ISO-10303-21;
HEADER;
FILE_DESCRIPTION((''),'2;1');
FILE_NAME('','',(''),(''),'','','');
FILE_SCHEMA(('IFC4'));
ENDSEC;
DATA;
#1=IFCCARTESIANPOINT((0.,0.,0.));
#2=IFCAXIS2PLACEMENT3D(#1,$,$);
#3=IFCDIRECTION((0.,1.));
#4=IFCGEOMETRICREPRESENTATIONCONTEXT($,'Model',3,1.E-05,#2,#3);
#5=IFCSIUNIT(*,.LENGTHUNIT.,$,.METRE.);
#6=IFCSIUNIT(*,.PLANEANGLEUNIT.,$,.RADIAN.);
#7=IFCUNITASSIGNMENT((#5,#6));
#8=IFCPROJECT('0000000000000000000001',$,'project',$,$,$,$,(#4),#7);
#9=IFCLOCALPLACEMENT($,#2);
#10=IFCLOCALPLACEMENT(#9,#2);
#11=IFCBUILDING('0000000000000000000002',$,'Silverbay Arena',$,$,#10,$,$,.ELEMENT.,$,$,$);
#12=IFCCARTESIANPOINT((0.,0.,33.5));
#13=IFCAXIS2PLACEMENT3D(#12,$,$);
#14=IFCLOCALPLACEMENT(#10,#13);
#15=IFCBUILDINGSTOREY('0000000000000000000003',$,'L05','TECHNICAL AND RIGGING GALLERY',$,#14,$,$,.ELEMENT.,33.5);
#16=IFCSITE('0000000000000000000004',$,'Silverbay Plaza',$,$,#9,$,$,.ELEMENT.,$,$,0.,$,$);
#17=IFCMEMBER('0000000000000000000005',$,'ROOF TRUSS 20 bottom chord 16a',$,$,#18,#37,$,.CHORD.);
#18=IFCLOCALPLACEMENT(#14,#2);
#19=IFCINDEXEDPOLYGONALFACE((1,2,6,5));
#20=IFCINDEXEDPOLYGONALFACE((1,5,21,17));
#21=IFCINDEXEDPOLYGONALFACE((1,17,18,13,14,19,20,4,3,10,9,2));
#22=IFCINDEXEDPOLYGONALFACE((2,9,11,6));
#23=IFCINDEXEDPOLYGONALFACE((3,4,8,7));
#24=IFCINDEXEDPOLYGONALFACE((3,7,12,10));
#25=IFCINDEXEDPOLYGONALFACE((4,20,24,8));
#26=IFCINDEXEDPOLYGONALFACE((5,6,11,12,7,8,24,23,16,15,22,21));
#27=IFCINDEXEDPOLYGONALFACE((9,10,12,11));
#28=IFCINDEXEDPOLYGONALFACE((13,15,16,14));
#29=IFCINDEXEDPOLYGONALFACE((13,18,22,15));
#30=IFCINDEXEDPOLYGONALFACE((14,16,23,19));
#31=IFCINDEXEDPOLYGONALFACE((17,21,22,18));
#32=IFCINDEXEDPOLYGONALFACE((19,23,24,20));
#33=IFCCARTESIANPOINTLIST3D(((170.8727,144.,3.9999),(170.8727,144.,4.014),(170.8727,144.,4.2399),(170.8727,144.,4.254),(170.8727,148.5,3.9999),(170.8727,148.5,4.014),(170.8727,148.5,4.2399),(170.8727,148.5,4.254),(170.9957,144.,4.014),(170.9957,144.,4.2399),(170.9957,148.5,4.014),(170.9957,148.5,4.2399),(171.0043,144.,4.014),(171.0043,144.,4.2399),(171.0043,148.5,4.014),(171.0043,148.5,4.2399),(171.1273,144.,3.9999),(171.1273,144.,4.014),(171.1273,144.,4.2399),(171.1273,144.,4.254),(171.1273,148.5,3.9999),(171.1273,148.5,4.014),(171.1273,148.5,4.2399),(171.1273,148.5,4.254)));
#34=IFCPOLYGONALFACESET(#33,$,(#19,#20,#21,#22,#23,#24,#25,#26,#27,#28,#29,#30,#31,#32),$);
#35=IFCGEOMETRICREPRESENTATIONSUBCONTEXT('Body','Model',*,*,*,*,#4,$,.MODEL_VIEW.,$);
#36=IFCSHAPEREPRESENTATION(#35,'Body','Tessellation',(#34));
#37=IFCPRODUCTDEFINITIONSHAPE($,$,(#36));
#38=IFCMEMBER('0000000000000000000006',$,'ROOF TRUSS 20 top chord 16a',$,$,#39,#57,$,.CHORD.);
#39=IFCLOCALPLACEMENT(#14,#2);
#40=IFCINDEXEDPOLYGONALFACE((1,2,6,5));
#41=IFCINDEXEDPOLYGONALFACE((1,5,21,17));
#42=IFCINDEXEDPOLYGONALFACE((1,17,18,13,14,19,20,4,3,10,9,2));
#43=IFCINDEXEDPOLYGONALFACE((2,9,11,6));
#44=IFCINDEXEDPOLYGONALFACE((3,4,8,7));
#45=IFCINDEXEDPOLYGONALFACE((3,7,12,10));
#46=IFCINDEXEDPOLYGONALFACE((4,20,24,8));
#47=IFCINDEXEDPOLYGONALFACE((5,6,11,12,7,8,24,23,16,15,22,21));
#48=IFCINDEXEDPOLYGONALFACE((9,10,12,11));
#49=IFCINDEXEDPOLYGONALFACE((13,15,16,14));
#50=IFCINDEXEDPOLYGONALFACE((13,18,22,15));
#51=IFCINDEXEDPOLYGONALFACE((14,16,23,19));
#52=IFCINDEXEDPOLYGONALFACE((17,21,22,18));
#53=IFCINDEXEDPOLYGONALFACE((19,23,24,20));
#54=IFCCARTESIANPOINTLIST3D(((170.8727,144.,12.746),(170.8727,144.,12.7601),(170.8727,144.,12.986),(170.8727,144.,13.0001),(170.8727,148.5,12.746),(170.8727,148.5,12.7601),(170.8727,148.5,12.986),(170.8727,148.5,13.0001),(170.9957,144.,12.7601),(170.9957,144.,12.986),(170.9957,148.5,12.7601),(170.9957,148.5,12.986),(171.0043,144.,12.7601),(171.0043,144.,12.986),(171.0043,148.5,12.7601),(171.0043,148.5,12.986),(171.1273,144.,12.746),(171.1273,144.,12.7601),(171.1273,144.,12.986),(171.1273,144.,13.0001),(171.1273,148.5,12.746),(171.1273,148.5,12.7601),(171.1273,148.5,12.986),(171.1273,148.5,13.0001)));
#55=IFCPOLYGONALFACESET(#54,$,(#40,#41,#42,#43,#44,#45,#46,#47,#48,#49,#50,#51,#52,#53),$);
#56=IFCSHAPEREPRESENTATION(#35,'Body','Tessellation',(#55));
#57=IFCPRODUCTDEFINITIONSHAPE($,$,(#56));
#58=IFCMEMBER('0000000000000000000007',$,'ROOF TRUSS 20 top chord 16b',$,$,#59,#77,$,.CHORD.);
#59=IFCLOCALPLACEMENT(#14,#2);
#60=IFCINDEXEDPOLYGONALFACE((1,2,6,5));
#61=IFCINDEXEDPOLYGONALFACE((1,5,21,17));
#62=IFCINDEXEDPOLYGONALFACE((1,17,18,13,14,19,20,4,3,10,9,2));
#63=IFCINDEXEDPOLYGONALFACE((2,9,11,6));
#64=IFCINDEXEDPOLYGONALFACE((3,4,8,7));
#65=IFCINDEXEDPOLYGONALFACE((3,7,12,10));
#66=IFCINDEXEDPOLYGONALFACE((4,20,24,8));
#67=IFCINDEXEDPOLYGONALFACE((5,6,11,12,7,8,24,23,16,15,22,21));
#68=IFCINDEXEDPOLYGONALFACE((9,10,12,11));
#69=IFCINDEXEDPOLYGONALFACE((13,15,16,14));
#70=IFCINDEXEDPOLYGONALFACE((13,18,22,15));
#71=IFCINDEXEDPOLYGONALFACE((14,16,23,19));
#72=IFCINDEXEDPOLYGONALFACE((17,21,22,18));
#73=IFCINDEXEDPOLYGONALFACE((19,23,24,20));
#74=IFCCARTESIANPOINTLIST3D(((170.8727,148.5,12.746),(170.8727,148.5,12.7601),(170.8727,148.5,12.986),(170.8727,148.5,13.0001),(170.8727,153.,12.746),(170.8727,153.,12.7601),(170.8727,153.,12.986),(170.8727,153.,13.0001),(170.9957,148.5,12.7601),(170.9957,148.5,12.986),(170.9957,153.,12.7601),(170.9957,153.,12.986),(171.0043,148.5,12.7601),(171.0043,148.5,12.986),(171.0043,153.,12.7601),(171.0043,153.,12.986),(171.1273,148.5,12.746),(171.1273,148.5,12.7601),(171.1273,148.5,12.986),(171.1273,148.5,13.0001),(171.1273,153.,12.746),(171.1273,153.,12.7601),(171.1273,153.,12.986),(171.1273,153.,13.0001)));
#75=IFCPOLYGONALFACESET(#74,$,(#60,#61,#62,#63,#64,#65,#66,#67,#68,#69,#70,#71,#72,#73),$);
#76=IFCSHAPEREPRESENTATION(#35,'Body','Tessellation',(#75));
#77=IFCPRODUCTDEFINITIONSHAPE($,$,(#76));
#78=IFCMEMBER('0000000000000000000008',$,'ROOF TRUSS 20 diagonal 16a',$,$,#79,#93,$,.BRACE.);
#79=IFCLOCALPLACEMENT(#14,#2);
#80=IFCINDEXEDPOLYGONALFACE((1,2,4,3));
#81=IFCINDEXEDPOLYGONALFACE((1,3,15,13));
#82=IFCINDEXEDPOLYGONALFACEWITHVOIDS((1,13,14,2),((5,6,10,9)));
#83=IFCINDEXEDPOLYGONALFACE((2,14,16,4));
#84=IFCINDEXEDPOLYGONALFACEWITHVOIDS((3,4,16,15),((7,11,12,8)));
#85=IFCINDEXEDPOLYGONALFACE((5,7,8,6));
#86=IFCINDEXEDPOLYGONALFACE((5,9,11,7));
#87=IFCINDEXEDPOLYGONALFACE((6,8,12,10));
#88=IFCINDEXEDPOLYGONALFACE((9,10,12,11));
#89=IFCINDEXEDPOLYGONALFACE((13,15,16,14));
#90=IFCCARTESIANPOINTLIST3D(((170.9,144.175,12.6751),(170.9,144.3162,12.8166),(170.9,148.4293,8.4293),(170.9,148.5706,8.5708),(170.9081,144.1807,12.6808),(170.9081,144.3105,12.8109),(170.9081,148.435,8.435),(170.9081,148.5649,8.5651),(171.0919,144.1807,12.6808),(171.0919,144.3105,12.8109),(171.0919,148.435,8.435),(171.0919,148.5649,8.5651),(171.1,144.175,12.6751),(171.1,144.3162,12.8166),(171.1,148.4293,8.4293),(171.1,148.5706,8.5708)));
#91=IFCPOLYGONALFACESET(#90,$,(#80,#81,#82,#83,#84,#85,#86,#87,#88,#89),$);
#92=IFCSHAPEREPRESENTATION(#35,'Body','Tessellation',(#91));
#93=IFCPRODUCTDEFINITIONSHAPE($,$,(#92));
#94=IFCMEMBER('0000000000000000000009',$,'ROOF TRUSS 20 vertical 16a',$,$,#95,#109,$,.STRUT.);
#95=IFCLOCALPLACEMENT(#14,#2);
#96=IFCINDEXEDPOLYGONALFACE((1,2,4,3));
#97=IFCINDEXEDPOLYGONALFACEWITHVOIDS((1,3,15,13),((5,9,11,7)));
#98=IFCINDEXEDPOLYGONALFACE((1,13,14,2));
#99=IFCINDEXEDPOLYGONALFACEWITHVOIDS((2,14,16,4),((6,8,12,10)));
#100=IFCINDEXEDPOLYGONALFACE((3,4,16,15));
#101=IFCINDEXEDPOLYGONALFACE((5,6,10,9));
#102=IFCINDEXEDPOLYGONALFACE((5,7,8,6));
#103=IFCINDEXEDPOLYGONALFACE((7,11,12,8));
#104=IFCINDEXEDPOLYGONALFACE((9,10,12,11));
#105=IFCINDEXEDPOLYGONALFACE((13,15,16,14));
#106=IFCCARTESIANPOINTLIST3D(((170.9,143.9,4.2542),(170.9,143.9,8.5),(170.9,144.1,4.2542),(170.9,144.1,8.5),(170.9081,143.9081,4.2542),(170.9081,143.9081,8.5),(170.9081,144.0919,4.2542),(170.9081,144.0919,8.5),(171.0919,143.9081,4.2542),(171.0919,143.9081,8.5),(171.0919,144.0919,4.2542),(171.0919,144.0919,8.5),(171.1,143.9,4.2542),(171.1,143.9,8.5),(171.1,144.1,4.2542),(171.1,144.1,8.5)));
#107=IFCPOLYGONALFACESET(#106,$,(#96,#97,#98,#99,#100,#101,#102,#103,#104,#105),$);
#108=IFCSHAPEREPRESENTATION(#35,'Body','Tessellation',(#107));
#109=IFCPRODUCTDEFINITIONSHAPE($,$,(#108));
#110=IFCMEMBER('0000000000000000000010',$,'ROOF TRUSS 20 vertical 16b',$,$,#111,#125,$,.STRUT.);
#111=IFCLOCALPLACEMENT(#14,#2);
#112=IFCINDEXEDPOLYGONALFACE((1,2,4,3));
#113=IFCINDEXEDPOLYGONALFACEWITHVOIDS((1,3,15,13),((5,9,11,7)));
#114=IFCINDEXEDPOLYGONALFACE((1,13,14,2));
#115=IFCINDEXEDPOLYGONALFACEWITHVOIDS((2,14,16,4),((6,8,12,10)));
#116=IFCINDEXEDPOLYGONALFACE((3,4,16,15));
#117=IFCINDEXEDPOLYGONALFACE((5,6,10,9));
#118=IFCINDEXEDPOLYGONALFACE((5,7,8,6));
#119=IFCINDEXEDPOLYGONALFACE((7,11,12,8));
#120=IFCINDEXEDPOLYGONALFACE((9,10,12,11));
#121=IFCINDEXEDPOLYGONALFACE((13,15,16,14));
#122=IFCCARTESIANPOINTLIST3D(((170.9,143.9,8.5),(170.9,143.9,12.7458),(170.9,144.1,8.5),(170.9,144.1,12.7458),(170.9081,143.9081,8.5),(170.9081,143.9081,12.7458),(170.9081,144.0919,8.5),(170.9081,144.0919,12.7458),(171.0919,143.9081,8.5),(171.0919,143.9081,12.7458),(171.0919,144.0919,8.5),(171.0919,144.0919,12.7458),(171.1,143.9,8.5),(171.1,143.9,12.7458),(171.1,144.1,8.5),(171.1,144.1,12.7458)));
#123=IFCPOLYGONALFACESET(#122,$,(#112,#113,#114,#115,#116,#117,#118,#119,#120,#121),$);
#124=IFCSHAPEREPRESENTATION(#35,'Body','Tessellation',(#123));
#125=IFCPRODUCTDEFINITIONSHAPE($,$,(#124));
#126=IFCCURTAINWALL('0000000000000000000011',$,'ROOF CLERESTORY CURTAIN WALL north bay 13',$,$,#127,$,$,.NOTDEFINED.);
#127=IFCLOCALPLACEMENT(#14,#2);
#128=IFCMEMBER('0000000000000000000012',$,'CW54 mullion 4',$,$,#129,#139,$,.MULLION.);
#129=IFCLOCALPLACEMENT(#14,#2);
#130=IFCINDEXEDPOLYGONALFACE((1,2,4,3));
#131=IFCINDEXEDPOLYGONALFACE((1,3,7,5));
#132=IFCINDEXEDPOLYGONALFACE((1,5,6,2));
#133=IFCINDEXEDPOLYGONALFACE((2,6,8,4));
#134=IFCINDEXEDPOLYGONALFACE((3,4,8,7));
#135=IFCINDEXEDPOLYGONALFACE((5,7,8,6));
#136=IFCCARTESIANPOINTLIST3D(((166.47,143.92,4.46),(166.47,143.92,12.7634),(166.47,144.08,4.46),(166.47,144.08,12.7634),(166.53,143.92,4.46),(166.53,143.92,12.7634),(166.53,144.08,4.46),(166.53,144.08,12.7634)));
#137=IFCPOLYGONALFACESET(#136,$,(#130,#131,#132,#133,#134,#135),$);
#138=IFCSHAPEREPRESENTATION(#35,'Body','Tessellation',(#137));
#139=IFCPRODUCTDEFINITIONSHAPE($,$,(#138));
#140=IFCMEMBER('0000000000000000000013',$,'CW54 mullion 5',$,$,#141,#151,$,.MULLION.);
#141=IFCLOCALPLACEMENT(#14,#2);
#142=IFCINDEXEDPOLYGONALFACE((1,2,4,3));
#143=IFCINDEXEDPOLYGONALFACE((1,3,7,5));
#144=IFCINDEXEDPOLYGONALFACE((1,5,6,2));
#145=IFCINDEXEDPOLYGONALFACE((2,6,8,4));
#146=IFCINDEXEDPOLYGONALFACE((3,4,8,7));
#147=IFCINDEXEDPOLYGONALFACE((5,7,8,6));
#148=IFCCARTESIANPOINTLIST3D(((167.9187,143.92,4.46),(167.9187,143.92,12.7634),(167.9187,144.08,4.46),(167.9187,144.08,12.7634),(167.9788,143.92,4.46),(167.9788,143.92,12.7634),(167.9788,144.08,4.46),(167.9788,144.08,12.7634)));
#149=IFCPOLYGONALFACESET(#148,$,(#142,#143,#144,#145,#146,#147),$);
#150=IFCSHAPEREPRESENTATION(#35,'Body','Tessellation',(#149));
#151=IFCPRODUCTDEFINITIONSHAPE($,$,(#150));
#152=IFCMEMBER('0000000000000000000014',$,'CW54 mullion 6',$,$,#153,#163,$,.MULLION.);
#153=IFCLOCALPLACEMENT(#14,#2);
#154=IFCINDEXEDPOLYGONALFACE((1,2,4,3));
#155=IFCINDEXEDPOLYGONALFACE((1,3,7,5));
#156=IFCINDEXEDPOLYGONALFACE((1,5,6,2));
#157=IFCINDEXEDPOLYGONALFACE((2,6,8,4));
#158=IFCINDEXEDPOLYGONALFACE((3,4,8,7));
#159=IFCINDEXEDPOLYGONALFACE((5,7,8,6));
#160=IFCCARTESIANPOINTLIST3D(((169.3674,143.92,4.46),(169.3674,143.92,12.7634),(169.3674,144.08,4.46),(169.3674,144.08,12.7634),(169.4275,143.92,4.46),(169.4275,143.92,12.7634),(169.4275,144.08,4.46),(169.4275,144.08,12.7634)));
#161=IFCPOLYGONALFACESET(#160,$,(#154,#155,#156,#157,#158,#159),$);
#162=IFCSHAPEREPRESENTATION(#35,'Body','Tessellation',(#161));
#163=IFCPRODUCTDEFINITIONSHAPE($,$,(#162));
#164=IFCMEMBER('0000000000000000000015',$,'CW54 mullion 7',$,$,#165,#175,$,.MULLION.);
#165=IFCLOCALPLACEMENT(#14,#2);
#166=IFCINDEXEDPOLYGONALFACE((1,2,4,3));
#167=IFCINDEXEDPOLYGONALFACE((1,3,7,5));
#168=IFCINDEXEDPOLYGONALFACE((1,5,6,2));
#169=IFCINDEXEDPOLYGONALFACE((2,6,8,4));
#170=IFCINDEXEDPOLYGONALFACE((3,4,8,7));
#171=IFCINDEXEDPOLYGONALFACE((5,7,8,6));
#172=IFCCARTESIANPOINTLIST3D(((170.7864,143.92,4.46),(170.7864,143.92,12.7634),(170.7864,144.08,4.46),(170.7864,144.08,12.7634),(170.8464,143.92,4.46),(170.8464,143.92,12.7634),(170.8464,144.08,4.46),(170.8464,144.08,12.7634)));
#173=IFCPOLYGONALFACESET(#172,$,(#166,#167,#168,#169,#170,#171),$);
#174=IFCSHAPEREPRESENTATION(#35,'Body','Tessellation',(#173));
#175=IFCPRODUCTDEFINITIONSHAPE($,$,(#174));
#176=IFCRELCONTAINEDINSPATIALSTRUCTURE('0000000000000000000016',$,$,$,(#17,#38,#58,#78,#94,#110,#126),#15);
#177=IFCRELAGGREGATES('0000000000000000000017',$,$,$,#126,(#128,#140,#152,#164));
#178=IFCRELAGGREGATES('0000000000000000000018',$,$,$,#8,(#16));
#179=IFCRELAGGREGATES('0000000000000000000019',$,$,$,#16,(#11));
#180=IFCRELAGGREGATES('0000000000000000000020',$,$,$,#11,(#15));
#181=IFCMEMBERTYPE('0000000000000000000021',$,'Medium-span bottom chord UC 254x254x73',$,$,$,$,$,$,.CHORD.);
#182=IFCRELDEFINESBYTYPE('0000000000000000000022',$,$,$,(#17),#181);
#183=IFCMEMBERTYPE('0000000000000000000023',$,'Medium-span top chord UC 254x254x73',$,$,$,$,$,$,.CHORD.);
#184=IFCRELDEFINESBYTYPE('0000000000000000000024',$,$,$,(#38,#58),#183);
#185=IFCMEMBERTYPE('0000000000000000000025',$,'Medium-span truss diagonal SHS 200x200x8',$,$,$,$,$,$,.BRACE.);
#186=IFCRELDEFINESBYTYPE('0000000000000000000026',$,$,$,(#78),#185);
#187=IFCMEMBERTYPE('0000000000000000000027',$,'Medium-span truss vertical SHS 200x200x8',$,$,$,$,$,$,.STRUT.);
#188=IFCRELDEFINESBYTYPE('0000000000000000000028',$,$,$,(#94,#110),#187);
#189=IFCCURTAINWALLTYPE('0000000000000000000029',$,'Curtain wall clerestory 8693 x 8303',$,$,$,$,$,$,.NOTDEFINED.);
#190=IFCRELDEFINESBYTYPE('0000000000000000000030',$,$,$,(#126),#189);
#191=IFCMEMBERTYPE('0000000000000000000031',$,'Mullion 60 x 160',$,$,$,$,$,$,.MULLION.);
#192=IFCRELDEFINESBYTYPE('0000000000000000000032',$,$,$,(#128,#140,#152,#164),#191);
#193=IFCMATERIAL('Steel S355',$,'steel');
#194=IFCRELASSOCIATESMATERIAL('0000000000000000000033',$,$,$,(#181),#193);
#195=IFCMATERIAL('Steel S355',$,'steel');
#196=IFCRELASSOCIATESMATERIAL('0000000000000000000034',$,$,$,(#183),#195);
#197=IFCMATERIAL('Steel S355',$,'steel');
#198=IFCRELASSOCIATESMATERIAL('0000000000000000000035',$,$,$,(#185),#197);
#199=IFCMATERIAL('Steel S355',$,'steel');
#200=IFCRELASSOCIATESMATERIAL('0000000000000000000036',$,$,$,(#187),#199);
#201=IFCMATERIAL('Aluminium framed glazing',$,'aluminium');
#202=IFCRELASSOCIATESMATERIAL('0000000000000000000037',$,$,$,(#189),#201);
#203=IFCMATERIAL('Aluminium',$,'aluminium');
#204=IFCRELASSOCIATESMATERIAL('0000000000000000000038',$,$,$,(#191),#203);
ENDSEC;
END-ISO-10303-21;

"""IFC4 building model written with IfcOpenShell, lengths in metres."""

from ifc_helpers import new_model, si_unit, direction, frame, origin, origin_2d, place, context, subcontext, project, spatial, rectangle, hollow_rectangle, i_section, extrude, material, material_profile, profile_set, type_object, element, aggregate, save


model = new_model("IFC4")

# Units and contexts
model_context = context("Model", 3, precision=1e-05, world=origin(), true_north=direction((0.0, 1.0)))
body_context = subcontext(model_context, "Body", "Model", "MODEL_VIEW")
ifc_project = project(units=[si_unit("LENGTHUNIT", "METRE"), si_unit("PLANEANGLEUNIT", "RADIAN")], contexts=[model_context])

# Site, building, storey
site_placement = place(None, origin())
site = spatial("IfcSite", under=ifc_project, at=site_placement, Name="Silverbay Plaza", CompositionType="ELEMENT", RefElevation=0.0)
building_placement = place(site_placement, origin())
building = spatial("IfcBuilding", under=site, at=building_placement, Name="Silverbay Arena", CompositionType="ELEMENT")
storey_placement = place(building_placement, frame((0.0, 0.0, 33.5)))
storey = spatial("IfcBuildingStorey", under=building, at=storey_placement, Name="L05", Description="TECHNICAL AND RIGGING GALLERY", CompositionType="ELEMENT", Elevation=33.5)

# Members
ifc_material_1 = material(Name="Steel S355", Category="steel")
ifc_material_profile_1 = material_profile(ifc_material_1, i_section(OverallWidth=0.2546, OverallDepth=0.2542, WebThickness=0.0085, FlangeThickness=0.0142, at=origin_2d()), Name="UC 254x254x73")
ifc_profile_set_1 = profile_set([ifc_material_profile_1], Name="Steel S355")
member_type_1 = type_object("IfcMemberType", Name="Medium-span bottom chord UC 254x254x73", PredefinedType="CHORD", material=ifc_profile_set_1)
member_1_placement = place(storey_placement, frame((171.0, 144.0, 4.127), z_axis=(0.0, 1.0, 0.0), x_axis=(-1.0, 0.0, 0.0)))
element("IfcMember", 1, at=member_1_placement, inside=storey, type_object=member_type_1, Name="ROOF TRUSS 20 bottom chord 16a", PredefinedType="CHORD", context=body_context, shape_type="SweptSolid", body=[
    extrude(i_section(OverallWidth=0.2546, OverallDepth=0.2542, WebThickness=0.0085, FlangeThickness=0.0142, at=origin_2d()), origin(), (0.0, 0.0, 1.0), 4.5),
])
ifc_material_2 = material(Name="Steel S355", Category="steel")
ifc_material_profile_2 = material_profile(ifc_material_2, i_section(OverallWidth=0.2546, OverallDepth=0.2542, WebThickness=0.0085, FlangeThickness=0.0142, at=origin_2d()), Name="UC 254x254x73")
ifc_profile_set_2 = profile_set([ifc_material_profile_2], Name="Steel S355")
member_type_2 = type_object("IfcMemberType", Name="Medium-span top chord UC 254x254x73", PredefinedType="CHORD", material=ifc_profile_set_2)
for number, where, z_axis, x_axis, name in (
    (2, (171.0, 144.0, 12.873), (0.0, 1.0, 0.0), (-1.0, 0.0, 0.0), "ROOF TRUSS 20 top chord 16a"),
    (3, (171.0, 148.5, 12.873), (0.0, 1.0, 0.0), (-1.0, 0.0, 0.0), "ROOF TRUSS 20 top chord 16b"),
):
    element("IfcMember", number, at=place(storey_placement, frame(where, z_axis=z_axis, x_axis=x_axis)), inside=storey, type_object=member_type_2, Name=name, PredefinedType="CHORD", context=body_context, shape_type="SweptSolid", body=[
        extrude(i_section(OverallWidth=0.2546, OverallDepth=0.2542, WebThickness=0.0085, FlangeThickness=0.0142, at=origin_2d()), origin(), (0.0, 0.0, 1.0), 4.5),
    ])
ifc_material_3 = material(Name="Steel S355", Category="steel")
ifc_material_profile_3 = material_profile(ifc_material_3, hollow_rectangle(XDim=0.2, YDim=0.2, WallThickness=0.0081, at=origin_2d()), Name="SHS 200x200x8")
ifc_profile_set_3 = profile_set([ifc_material_profile_3], Name="Steel S355")
member_type_3 = type_object("IfcMemberType", Name="Medium-span truss diagonal SHS 200x200x8", PredefinedType="BRACE", material=ifc_profile_set_3)
member_2_placement = place(storey_placement, frame((171.0, 144.2456, 12.7458), z_axis=(0.0, 0.707817, -0.706396), x_axis=(-1.0, 0.0, 0.0)))
element("IfcMember", 4, at=member_2_placement, inside=storey, type_object=member_type_3, Name="ROOF TRUSS 20 diagonal 16a", PredefinedType="BRACE", context=body_context, shape_type="SweptSolid", body=[
    extrude(hollow_rectangle(XDim=0.2, YDim=0.2, WallThickness=0.0081, at=origin_2d()), origin(), (0.0, 0.0, 1.0), 6.0105),
])
ifc_material_4 = material(Name="Steel S355", Category="steel")
ifc_material_profile_4 = material_profile(ifc_material_4, hollow_rectangle(XDim=0.2, YDim=0.2, WallThickness=0.0081, at=origin_2d()), Name="SHS 200x200x8")
ifc_profile_set_4 = profile_set([ifc_material_profile_4], Name="Steel S355")
member_type_4 = type_object("IfcMemberType", Name="Medium-span truss vertical SHS 200x200x8", PredefinedType="STRUT", material=ifc_profile_set_4)
for number, where, z_axis, x_axis, name in (
    (5, (171.0, 144.0, 4.2542), (0.0, 0.0, 1.0), (1.0, 0.0, 0.0), "ROOF TRUSS 20 vertical 16a"),
    (6, (171.0, 144.0, 8.5), (0.0, 0.0, 1.0), (1.0, 0.0, 0.0), "ROOF TRUSS 20 vertical 16b"),
):
    element("IfcMember", number, at=place(storey_placement, frame(where, z_axis=z_axis, x_axis=x_axis)), inside=storey, type_object=member_type_4, Name=name, PredefinedType="STRUT", context=body_context, shape_type="SweptSolid", body=[
        extrude(hollow_rectangle(XDim=0.2, YDim=0.2, WallThickness=0.0081, at=origin_2d()), origin(), (0.0, 0.0, 1.0), 4.2458),
    ])

# Curtain wall, members
ifc_material_5 = material(Name="Aluminium framed glazing", Category="aluminium")
curtain_wall_type = type_object("IfcCurtainWallType", Name="Curtain wall clerestory 8693 x 8303", PredefinedType="NOTDEFINED", material=ifc_material_5)
curtain_wall_placement = place(storey_placement, origin())
curtain_wall = element("IfcCurtainWall", 7, at=curtain_wall_placement, inside=storey, type_object=curtain_wall_type, Name="ROOF CLERESTORY CURTAIN WALL north bay 13", PredefinedType="NOTDEFINED")
ifc_material_6 = material(Name="Aluminium", Category="aluminium")
ifc_material_profile_5 = material_profile(ifc_material_6, rectangle(XDim=0.1599, YDim=0.0601, at=origin_2d()), Name="Mullion 60 x 160")
ifc_profile_set_5 = profile_set([ifc_material_profile_5], Name="Aluminium")
member_type_5 = type_object("IfcMemberType", Name="Mullion 60 x 160", PredefinedType="MULLION", material=ifc_profile_set_5)
member_3_placement = place(storey_placement, frame((166.5, 144.0, 4.46), z_axis=(0.0, 0.0, 1.0), x_axis=(0.0, 1.0, 0.0)))
member_3 = element("IfcMember", 8, at=member_3_placement, type_object=member_type_5, Name="CW54 mullion 4", PredefinedType="MULLION", context=body_context, shape_type="SweptSolid", body=[
    extrude(rectangle(XDim=0.1599, YDim=0.0601, at=origin_2d()), origin(), (0.0, 0.0, 1.0), 8.3035),
])
member_4_placement = place(storey_placement, frame((167.9487, 144.0, 4.46), z_axis=(0.0, 0.0, 1.0), x_axis=(0.0, 1.0, 0.0)))
member_4 = element("IfcMember", 9, at=member_4_placement, type_object=member_type_5, Name="CW54 mullion 5", PredefinedType="MULLION", context=body_context, shape_type="SweptSolid", body=[
    extrude(rectangle(XDim=0.1599, YDim=0.0601, at=origin_2d()), origin(), (0.0, 0.0, 1.0), 8.3035),
])
member_5_placement = place(storey_placement, frame((169.3975, 144.0, 4.46), z_axis=(0.0, 0.0, 1.0), x_axis=(0.0, 1.0, 0.0)))
member_5 = element("IfcMember", 10, at=member_5_placement, type_object=member_type_5, Name="CW54 mullion 6", PredefinedType="MULLION", context=body_context, shape_type="SweptSolid", body=[
    extrude(rectangle(XDim=0.1599, YDim=0.0601, at=origin_2d()), origin(), (0.0, 0.0, 1.0), 8.3035),
])
member_6_placement = place(storey_placement, frame((170.8164, 144.0, 4.46), z_axis=(0.0, 0.0, 1.0), x_axis=(0.0, 1.0, 0.0)))
member_6 = element("IfcMember", 11, at=member_6_placement, type_object=member_type_5, Name="CW54 mullion 7", PredefinedType="MULLION", context=body_context, shape_type="SweptSolid", body=[
    extrude(rectangle(XDim=0.1599, YDim=0.0601, at=origin_2d()), origin(), (0.0, 0.0, 1.0), 8.3035),
])

aggregate(curtain_wall, [member_3, member_4, member_5, member_6])

save(model, "model.ifc")
